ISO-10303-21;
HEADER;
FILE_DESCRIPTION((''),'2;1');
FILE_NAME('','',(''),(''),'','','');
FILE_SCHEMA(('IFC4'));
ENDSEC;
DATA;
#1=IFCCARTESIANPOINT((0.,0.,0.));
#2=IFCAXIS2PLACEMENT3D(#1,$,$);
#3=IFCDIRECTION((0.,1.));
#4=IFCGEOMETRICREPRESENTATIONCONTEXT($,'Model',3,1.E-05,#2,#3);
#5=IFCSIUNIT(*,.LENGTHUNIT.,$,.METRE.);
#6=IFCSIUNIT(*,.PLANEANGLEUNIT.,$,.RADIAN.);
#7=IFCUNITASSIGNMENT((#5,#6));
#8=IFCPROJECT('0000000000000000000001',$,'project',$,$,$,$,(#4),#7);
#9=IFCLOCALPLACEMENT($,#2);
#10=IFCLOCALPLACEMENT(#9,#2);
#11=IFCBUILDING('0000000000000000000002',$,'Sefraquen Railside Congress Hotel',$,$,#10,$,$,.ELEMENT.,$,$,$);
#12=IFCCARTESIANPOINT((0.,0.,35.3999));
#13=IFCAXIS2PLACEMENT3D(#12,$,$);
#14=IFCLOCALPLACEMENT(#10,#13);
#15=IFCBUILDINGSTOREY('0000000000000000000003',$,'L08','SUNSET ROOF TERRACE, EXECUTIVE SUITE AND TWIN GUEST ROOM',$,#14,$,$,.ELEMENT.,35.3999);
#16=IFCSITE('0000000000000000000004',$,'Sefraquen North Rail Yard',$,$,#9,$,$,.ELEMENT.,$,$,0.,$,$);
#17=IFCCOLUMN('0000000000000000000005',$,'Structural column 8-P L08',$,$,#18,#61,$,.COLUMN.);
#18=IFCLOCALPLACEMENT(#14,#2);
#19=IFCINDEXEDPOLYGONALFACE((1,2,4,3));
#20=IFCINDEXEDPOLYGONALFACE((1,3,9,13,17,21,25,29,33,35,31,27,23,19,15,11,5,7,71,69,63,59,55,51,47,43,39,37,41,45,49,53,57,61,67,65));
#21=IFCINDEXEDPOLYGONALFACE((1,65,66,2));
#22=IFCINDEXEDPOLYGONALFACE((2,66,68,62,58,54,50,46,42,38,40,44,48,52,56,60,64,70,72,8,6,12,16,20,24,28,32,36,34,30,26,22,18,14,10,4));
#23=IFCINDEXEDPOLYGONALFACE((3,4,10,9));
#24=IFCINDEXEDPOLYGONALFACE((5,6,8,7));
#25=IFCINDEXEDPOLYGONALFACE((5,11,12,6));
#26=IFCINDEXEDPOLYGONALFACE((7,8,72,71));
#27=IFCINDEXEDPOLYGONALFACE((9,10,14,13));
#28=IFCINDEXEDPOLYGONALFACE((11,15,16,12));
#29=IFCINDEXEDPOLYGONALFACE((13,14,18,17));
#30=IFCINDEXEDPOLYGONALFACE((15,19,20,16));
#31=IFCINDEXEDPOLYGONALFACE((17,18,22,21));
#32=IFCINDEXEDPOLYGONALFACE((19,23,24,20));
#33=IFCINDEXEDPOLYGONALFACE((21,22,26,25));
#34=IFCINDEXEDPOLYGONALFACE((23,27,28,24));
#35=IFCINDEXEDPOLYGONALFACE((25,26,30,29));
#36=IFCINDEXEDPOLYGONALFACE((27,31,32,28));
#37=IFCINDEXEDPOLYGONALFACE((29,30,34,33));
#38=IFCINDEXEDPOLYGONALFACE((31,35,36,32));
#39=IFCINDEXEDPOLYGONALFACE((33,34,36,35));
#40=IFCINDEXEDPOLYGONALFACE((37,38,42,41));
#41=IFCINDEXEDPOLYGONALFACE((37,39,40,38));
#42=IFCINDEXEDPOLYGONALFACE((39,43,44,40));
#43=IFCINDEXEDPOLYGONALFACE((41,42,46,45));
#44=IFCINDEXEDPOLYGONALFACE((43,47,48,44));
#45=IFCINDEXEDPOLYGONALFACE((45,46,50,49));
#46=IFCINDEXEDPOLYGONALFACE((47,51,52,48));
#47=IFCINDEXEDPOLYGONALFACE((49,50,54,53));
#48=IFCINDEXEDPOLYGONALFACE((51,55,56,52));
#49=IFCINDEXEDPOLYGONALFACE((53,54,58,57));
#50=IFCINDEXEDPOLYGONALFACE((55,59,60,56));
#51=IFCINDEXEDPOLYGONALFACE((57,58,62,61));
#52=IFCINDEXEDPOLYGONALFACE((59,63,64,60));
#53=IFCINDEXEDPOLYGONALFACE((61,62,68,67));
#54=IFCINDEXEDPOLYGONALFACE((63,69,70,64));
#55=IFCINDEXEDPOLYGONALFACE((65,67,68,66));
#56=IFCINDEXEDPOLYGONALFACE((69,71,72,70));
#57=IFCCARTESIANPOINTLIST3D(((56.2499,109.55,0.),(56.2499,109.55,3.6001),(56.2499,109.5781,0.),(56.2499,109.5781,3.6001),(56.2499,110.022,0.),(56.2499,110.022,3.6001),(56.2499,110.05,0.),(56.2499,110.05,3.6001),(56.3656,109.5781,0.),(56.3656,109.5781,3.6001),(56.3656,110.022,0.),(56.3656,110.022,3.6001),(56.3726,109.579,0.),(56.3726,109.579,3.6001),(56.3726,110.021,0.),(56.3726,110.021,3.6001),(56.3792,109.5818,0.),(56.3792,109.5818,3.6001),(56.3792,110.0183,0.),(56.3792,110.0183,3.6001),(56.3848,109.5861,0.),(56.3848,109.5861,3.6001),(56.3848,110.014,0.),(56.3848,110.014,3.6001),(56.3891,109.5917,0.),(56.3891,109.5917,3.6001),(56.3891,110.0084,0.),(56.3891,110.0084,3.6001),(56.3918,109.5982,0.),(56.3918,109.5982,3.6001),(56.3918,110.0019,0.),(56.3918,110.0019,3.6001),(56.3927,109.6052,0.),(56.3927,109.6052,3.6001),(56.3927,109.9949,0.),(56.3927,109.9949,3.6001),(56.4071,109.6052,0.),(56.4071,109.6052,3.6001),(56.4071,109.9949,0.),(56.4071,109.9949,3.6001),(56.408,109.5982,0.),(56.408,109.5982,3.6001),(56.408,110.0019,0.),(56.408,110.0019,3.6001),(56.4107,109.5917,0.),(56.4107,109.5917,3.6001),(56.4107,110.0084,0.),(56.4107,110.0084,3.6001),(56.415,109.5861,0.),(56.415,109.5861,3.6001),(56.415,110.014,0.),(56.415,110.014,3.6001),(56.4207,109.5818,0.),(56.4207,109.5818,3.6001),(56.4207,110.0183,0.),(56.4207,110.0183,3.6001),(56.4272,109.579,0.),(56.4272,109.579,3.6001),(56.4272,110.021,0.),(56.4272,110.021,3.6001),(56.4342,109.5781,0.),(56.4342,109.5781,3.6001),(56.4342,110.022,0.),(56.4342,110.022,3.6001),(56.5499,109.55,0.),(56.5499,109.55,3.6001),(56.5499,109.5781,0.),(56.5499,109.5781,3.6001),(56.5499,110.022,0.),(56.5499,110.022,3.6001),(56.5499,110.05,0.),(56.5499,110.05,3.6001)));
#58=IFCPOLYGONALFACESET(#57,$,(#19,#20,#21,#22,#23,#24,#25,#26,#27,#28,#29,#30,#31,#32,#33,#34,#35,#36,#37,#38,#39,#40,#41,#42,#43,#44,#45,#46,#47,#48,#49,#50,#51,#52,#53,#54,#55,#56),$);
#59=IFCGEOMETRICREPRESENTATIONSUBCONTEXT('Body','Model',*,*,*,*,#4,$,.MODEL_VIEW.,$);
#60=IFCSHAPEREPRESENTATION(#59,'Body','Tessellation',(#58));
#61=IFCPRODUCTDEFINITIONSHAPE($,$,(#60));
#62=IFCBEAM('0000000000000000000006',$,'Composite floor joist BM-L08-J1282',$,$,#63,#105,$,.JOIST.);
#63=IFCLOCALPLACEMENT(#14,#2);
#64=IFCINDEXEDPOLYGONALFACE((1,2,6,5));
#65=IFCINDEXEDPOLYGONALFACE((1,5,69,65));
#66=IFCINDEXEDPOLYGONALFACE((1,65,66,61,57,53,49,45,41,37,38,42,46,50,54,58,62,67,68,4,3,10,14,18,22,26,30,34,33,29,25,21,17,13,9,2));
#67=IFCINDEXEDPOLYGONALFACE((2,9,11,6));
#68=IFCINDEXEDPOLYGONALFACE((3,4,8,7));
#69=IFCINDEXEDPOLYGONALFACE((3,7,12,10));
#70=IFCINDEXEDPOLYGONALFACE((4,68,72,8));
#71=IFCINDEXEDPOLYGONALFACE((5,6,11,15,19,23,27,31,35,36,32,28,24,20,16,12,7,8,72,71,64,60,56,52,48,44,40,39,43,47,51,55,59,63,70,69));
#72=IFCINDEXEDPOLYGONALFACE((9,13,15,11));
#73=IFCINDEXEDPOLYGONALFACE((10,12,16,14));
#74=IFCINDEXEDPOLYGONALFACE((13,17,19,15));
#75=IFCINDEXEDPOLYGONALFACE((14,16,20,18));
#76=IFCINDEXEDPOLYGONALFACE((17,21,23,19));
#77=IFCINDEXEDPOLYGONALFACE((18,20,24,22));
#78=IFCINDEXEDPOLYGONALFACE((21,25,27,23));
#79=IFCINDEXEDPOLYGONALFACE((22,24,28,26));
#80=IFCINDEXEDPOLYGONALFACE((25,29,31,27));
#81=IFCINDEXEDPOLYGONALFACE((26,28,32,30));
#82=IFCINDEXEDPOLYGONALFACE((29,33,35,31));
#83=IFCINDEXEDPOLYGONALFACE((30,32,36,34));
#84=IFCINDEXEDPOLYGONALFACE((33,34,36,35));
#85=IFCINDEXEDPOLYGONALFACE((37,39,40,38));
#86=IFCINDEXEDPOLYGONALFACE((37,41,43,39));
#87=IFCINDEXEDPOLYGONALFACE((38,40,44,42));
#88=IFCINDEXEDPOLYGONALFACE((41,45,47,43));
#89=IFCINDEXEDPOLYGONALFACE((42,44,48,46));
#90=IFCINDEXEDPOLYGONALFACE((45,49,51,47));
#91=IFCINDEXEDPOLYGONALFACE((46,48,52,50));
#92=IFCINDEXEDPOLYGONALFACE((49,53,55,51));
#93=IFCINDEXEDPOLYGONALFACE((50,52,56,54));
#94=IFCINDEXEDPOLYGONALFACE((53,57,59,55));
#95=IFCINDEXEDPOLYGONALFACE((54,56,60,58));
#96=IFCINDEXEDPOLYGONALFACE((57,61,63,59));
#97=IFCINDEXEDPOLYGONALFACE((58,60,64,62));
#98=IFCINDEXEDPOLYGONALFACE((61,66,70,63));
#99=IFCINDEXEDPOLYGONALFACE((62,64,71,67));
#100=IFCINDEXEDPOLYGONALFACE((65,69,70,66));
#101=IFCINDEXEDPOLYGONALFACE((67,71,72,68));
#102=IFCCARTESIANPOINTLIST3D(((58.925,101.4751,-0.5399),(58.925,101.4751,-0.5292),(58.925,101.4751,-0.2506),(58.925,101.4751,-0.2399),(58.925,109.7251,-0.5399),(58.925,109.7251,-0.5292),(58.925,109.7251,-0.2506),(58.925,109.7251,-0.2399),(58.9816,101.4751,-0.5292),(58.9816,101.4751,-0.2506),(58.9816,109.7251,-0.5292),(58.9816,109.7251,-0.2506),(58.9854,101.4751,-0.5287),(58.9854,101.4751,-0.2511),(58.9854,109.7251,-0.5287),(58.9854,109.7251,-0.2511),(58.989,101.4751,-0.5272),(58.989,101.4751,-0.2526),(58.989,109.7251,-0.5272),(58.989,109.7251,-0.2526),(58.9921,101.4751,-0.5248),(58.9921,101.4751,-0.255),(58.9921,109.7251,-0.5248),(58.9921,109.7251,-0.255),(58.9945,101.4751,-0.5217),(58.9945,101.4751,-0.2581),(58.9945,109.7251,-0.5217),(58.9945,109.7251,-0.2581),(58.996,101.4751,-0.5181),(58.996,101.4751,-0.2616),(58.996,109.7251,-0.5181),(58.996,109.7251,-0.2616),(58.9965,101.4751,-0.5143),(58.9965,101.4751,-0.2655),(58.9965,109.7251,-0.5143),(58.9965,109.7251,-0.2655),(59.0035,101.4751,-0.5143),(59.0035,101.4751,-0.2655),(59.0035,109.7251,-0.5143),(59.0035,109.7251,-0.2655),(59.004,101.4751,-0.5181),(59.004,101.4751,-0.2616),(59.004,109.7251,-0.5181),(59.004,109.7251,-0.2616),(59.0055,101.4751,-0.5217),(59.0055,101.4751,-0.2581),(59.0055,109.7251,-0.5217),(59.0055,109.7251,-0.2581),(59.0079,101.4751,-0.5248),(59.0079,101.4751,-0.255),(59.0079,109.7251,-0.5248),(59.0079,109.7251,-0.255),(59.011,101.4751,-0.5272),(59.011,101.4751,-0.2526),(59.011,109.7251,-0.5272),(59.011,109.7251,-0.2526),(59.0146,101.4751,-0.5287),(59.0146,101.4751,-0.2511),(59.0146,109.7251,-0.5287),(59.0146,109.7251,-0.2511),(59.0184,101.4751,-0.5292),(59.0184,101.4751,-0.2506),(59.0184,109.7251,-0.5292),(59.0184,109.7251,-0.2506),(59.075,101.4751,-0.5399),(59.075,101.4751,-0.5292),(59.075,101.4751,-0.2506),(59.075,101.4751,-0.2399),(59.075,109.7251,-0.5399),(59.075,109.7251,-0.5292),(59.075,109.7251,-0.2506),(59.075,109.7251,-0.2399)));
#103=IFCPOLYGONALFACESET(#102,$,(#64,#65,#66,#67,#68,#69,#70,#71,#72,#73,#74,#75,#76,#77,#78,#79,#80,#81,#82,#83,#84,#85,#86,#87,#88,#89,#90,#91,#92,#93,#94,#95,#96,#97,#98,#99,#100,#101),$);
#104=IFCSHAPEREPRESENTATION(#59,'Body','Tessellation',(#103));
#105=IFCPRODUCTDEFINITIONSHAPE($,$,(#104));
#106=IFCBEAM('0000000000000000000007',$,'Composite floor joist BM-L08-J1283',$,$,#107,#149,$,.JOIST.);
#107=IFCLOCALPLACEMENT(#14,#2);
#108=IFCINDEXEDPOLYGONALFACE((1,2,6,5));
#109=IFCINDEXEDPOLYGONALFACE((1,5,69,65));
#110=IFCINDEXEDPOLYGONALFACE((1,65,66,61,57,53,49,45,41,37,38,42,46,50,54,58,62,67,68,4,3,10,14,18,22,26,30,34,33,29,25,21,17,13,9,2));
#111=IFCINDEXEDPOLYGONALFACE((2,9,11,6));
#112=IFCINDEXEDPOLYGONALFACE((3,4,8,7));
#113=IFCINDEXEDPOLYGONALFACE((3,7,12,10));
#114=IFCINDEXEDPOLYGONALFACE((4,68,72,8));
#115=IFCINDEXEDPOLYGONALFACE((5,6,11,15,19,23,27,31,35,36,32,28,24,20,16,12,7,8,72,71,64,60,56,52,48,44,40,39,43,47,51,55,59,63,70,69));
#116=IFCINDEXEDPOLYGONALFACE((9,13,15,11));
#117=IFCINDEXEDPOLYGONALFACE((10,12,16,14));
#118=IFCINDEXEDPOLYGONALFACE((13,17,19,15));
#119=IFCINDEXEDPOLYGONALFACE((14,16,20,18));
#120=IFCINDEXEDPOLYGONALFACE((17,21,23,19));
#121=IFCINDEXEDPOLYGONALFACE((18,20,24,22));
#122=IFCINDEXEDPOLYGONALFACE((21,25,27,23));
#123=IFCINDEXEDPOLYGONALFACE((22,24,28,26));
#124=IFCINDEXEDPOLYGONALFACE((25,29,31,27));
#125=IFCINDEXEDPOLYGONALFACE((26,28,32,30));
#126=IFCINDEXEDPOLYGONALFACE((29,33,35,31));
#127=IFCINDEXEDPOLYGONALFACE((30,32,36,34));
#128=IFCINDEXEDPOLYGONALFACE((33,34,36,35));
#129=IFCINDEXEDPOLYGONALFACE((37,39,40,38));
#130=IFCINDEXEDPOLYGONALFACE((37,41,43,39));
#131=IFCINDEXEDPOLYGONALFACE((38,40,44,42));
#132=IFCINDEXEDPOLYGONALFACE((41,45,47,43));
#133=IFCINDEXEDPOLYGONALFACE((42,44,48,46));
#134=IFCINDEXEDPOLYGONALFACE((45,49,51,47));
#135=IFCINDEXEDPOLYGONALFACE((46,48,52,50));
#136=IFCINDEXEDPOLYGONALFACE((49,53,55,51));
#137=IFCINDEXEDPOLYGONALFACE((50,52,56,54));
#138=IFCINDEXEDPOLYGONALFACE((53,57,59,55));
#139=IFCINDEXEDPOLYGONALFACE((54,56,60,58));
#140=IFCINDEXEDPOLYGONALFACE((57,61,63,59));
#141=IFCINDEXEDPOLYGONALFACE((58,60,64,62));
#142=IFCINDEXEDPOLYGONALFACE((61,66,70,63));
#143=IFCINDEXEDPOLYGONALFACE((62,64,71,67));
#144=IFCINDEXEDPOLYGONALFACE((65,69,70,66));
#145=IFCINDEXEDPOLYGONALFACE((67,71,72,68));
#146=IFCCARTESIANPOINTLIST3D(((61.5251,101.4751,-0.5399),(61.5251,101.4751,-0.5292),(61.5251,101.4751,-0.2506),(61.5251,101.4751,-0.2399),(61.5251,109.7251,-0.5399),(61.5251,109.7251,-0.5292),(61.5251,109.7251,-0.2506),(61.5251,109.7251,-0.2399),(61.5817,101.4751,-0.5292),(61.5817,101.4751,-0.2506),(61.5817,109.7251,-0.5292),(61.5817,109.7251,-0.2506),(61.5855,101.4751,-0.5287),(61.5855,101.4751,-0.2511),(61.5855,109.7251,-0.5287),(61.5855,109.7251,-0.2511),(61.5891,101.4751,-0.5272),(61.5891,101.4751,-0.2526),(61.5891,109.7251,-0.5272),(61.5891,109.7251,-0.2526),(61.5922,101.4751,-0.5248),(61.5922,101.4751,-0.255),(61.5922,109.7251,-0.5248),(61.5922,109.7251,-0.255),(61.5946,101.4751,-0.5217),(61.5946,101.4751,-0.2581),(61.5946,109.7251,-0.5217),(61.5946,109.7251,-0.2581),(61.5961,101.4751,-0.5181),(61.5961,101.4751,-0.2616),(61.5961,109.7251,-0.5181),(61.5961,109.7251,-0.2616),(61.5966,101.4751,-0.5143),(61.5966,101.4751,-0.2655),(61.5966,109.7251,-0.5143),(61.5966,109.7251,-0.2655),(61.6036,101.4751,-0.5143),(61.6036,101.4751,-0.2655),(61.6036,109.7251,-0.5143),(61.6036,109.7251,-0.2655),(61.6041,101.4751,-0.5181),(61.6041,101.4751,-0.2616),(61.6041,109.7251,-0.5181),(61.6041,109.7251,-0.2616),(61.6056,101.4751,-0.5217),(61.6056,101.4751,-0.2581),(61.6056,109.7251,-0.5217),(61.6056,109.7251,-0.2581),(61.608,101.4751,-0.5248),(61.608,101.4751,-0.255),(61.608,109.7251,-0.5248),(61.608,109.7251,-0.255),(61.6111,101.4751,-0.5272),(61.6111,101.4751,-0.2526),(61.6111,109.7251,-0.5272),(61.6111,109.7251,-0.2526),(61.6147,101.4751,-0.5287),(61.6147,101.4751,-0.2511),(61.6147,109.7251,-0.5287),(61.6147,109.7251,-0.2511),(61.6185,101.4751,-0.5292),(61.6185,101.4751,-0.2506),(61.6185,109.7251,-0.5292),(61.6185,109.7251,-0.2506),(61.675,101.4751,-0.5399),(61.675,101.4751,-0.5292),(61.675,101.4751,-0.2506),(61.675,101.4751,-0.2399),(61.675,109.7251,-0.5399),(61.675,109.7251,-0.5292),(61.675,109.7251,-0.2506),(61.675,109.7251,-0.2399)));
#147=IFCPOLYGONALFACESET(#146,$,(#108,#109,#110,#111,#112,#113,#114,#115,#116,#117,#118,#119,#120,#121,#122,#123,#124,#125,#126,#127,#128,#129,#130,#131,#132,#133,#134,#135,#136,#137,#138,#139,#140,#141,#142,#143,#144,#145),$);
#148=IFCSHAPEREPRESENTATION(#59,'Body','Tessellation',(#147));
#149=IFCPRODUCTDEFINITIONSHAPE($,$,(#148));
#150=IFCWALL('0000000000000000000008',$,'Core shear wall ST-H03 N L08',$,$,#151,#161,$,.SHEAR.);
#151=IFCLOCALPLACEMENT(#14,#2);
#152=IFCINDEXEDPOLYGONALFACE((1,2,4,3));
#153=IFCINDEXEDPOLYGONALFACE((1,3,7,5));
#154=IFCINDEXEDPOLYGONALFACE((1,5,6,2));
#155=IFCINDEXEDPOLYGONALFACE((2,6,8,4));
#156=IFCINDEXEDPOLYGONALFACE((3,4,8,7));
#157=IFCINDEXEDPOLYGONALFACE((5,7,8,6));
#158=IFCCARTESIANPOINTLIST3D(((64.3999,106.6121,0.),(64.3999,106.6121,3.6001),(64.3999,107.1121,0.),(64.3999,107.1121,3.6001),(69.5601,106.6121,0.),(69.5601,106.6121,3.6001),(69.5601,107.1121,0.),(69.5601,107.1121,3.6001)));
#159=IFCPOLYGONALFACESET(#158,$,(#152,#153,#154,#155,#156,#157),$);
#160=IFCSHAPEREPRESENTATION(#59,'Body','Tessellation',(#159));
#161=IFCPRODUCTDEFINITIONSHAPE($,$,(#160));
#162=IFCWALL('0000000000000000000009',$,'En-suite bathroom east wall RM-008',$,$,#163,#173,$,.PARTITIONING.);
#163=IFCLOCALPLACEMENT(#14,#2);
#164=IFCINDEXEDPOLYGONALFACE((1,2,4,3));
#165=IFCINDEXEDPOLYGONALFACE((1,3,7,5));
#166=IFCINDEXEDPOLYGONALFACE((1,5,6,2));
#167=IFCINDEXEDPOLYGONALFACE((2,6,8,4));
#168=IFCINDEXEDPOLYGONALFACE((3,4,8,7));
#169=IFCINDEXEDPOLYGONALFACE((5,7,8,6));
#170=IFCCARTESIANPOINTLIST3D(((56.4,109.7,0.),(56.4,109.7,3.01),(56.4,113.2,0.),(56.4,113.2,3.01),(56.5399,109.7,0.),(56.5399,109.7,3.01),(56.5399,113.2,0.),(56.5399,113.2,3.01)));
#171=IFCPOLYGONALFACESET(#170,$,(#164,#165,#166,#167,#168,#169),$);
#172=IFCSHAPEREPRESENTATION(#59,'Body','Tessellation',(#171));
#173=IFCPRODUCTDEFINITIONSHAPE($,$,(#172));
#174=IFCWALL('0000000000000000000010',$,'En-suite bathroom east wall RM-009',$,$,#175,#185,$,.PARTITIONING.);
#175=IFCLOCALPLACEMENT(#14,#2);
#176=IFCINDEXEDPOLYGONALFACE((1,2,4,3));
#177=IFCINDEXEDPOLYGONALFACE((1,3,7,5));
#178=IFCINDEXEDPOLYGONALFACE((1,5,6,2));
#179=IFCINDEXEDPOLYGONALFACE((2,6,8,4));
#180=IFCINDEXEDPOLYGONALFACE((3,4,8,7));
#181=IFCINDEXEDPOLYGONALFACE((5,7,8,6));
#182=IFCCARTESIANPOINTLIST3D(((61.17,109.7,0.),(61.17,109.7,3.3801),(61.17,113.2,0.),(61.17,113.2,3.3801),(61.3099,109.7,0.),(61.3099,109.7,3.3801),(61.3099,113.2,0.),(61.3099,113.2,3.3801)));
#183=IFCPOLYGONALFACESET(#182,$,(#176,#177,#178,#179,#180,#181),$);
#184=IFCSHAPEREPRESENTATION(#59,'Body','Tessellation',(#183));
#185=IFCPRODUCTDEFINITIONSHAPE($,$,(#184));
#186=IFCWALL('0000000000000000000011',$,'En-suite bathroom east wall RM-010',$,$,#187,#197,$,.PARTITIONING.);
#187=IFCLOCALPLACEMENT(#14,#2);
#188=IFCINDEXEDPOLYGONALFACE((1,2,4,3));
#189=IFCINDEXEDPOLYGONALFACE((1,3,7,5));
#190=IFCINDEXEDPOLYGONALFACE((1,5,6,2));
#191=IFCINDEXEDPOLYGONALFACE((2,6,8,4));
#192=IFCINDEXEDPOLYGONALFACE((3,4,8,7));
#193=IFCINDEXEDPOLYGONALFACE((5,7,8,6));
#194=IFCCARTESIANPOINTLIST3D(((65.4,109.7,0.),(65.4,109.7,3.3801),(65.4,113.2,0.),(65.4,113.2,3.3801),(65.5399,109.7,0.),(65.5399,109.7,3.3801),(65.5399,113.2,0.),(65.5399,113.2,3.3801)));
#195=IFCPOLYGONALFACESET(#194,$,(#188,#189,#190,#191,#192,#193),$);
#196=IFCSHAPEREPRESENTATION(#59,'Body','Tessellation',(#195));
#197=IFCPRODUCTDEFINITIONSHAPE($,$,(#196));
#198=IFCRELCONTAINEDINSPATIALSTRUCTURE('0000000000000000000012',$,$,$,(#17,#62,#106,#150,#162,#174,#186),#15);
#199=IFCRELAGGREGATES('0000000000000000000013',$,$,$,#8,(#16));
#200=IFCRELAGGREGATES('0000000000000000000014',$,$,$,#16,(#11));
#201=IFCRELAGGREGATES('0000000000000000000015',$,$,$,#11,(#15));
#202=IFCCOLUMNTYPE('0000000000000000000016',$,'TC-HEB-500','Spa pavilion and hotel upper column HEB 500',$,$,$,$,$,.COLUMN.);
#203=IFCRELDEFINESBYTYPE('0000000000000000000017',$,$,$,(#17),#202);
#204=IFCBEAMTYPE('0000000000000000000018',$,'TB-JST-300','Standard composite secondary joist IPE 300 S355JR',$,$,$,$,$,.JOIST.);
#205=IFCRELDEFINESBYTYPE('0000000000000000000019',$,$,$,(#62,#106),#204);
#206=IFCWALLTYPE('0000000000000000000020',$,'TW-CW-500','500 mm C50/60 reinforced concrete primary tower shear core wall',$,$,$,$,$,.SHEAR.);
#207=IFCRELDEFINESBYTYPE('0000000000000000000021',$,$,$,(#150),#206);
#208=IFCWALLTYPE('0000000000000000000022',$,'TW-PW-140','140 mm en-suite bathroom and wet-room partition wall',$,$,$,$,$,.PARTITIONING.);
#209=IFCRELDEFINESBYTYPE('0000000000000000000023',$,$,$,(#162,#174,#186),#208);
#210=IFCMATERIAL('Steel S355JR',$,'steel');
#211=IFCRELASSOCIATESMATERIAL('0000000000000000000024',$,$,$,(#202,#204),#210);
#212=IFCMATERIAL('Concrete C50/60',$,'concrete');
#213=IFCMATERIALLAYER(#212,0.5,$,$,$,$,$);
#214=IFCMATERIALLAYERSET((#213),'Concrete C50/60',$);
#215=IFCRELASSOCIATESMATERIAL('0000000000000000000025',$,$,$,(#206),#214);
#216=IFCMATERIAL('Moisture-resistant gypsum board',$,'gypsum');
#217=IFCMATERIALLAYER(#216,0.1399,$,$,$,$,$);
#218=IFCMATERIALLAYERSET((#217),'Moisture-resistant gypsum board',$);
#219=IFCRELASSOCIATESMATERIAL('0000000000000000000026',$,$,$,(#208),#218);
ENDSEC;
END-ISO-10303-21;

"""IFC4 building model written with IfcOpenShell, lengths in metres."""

from ifc_helpers import new_model, si_unit, direction, frame, frame_2d, origin, origin_2d, place, context, subcontext, project, spatial, rectangle, i_section, extrude, material, layer, layer_set, material_profile, profile_set, type_object, element, save


model = new_model("IFC4")

# Units and contexts
model_context = context("Model", 3, precision=1e-05, world=origin(), true_north=direction((0.0, 1.0)))
body_context = subcontext(model_context, "Body", "Model", "MODEL_VIEW")
ifc_project = project(units=[si_unit("LENGTHUNIT", "METRE"), si_unit("PLANEANGLEUNIT", "RADIAN")], contexts=[model_context])

# Site, building, storey
site_placement = place(None, origin())
site = spatial("IfcSite", under=ifc_project, at=site_placement, Name="Sefraquen North Rail Yard", CompositionType="ELEMENT", RefElevation=0.0)
building_placement = place(site_placement, origin())
building = spatial("IfcBuilding", under=site, at=building_placement, Name="Sefraquen Railside Congress Hotel", CompositionType="ELEMENT")
storey_placement = place(building_placement, frame((0.0, 0.0, 35.3999)))
storey = spatial("IfcBuildingStorey", under=building, at=storey_placement, Name="L08", Description="SUNSET ROOF TERRACE, EXECUTIVE SUITE AND TWIN GUEST ROOM", CompositionType="ELEMENT", Elevation=35.3999)

# Column
ifc_material_1 = material(Name="Steel S355JR", Category="steel")
ifc_material_profile_1 = material_profile(ifc_material_1, i_section(OverallWidth=0.3, OverallDepth=0.5, WebThickness=0.0144, FlangeThickness=0.0281, FilletRadius=0.0271, at=origin_2d()), Name="HEB 500")
ifc_profile_set_1 = profile_set([ifc_material_profile_1], Name="Steel S355JR")
column_type = type_object("IfcColumnType", Name="TC-HEB-500", Description="Spa pavilion and hotel upper column HEB 500", PredefinedType="COLUMN", material=ifc_profile_set_1)
column_placement = place(storey_placement, frame((56.3999, 109.8, 0.0), z_axis=(0.0, 0.0, 1.0), x_axis=(1.0, 0.0, 0.0)))
element("IfcColumn", 1, at=column_placement, inside=storey, type_object=column_type, Name="Structural column 8-P L08", PredefinedType="COLUMN", context=body_context, shape_type="SweptSolid", body=[
    extrude(i_section(OverallWidth=0.3, OverallDepth=0.5, WebThickness=0.0144, FlangeThickness=0.0281, FilletRadius=0.0271, at=origin_2d()), origin(), (0.0, 0.0, 1.0), 3.6001),
])

# Beams
ifc_material_profile_2 = material_profile(ifc_material_1, i_section(OverallWidth=0.1499, OverallDepth=0.3, WebThickness=0.0071, FlangeThickness=0.0107, FilletRadius=0.0149, at=origin_2d()), Name="IPE 300")
ifc_profile_set_2 = profile_set([ifc_material_profile_2], Name="Steel S355JR")
beam_type = type_object("IfcBeamType", Name="TB-JST-300", Description="Standard composite secondary joist IPE 300 S355JR", PredefinedType="JOIST", material=ifc_profile_set_2)
for number, where, z_axis, x_axis, name in (
    (2, (59.0, 101.4751, -0.3899), (0.0, 1.0, 0.0), (-1.0, 0.0, 0.0), "Composite floor joist BM-L08-J1282"),
    (3, (61.6001, 101.4751, -0.3899), (0.0, 1.0, 0.0), (-1.0, 0.0, 0.0), "Composite floor joist BM-L08-J1283"),
):
    element("IfcBeam", number, at=place(storey_placement, frame(where, z_axis=z_axis, x_axis=x_axis)), inside=storey, type_object=beam_type, Name=name, PredefinedType="JOIST", context=body_context, shape_type="SweptSolid", body=[
        extrude(i_section(OverallWidth=0.1499, OverallDepth=0.3, WebThickness=0.0071, FlangeThickness=0.0107, FilletRadius=0.0149, at=origin_2d()), origin(), (0.0, 0.0, 1.0), 8.25),
    ])

# Walls
ifc_material_2 = material(Name="Concrete C50/60", Category="concrete")
ifc_layer_1 = layer(ifc_material_2, 0.5)
ifc_layer_set_1 = layer_set([ifc_layer_1], Name="Concrete C50/60")
wall_type_1 = type_object("IfcWallType", Name="TW-CW-500", Description="500 mm C50/60 reinforced concrete primary tower shear core wall", PredefinedType="SHEAR", material=ifc_layer_set_1)
wall_1_placement = place(storey_placement, frame((64.3999, 106.8621, 0.0), z_axis=(0.0, 0.0, 1.0), x_axis=(1.0, 0.0, 0.0)))
element("IfcWall", 4, at=wall_1_placement, inside=storey, type_object=wall_type_1, Name="Core shear wall ST-H03 N L08", PredefinedType="SHEAR", context=body_context, shape_type="SweptSolid", body=[
    extrude(rectangle(XDim=5.1602, YDim=0.5, at=frame_2d((2.5801, 0.0))), origin(), (0.0, 0.0, 1.0), 3.6001),
])
ifc_material_3 = material(Name="Moisture-resistant gypsum board", Category="gypsum")
ifc_layer_2 = layer(ifc_material_3, 0.1399)
ifc_layer_set_2 = layer_set([ifc_layer_2], Name="Moisture-resistant gypsum board")
wall_type_2 = type_object("IfcWallType", Name="TW-PW-140", Description="140 mm en-suite bathroom and wet-room partition wall", PredefinedType="PARTITIONING", material=ifc_layer_set_2)
wall_2_placement = place(storey_placement, frame((56.47, 109.7, 0.0), z_axis=(0.0, 0.0, 1.0), x_axis=(0.0, 1.0, 0.0)))
element("IfcWall", 5, at=wall_2_placement, inside=storey, type_object=wall_type_2, Name="En-suite bathroom east wall RM-008", PredefinedType="PARTITIONING", context=body_context, shape_type="SweptSolid", body=[
    extrude(rectangle(XDim=3.5, YDim=0.1399, at=frame_2d((1.75, 0.0))), origin(), (0.0, 0.0, 1.0), 3.01),
])
for number, where, z_axis, x_axis, name in (
    (6, (61.24, 109.7, 0.0), (0.0, 0.0, 1.0), (0.0, 1.0, 0.0), "En-suite bathroom east wall RM-009"),
    (7, (65.47, 109.7, 0.0), (0.0, 0.0, 1.0), (0.0, 1.0, 0.0), "En-suite bathroom east wall RM-010"),
):
    element("IfcWall", number, at=place(storey_placement, frame(where, z_axis=z_axis, x_axis=x_axis)), inside=storey, type_object=wall_type_2, Name=name, PredefinedType="PARTITIONING", context=body_context, shape_type="SweptSolid", body=[
        extrude(rectangle(XDim=3.5, YDim=0.1399, at=frame_2d((1.75, 0.0))), origin(), (0.0, 0.0, 1.0), 3.3801),
    ])

save(model, "model.ifc")
